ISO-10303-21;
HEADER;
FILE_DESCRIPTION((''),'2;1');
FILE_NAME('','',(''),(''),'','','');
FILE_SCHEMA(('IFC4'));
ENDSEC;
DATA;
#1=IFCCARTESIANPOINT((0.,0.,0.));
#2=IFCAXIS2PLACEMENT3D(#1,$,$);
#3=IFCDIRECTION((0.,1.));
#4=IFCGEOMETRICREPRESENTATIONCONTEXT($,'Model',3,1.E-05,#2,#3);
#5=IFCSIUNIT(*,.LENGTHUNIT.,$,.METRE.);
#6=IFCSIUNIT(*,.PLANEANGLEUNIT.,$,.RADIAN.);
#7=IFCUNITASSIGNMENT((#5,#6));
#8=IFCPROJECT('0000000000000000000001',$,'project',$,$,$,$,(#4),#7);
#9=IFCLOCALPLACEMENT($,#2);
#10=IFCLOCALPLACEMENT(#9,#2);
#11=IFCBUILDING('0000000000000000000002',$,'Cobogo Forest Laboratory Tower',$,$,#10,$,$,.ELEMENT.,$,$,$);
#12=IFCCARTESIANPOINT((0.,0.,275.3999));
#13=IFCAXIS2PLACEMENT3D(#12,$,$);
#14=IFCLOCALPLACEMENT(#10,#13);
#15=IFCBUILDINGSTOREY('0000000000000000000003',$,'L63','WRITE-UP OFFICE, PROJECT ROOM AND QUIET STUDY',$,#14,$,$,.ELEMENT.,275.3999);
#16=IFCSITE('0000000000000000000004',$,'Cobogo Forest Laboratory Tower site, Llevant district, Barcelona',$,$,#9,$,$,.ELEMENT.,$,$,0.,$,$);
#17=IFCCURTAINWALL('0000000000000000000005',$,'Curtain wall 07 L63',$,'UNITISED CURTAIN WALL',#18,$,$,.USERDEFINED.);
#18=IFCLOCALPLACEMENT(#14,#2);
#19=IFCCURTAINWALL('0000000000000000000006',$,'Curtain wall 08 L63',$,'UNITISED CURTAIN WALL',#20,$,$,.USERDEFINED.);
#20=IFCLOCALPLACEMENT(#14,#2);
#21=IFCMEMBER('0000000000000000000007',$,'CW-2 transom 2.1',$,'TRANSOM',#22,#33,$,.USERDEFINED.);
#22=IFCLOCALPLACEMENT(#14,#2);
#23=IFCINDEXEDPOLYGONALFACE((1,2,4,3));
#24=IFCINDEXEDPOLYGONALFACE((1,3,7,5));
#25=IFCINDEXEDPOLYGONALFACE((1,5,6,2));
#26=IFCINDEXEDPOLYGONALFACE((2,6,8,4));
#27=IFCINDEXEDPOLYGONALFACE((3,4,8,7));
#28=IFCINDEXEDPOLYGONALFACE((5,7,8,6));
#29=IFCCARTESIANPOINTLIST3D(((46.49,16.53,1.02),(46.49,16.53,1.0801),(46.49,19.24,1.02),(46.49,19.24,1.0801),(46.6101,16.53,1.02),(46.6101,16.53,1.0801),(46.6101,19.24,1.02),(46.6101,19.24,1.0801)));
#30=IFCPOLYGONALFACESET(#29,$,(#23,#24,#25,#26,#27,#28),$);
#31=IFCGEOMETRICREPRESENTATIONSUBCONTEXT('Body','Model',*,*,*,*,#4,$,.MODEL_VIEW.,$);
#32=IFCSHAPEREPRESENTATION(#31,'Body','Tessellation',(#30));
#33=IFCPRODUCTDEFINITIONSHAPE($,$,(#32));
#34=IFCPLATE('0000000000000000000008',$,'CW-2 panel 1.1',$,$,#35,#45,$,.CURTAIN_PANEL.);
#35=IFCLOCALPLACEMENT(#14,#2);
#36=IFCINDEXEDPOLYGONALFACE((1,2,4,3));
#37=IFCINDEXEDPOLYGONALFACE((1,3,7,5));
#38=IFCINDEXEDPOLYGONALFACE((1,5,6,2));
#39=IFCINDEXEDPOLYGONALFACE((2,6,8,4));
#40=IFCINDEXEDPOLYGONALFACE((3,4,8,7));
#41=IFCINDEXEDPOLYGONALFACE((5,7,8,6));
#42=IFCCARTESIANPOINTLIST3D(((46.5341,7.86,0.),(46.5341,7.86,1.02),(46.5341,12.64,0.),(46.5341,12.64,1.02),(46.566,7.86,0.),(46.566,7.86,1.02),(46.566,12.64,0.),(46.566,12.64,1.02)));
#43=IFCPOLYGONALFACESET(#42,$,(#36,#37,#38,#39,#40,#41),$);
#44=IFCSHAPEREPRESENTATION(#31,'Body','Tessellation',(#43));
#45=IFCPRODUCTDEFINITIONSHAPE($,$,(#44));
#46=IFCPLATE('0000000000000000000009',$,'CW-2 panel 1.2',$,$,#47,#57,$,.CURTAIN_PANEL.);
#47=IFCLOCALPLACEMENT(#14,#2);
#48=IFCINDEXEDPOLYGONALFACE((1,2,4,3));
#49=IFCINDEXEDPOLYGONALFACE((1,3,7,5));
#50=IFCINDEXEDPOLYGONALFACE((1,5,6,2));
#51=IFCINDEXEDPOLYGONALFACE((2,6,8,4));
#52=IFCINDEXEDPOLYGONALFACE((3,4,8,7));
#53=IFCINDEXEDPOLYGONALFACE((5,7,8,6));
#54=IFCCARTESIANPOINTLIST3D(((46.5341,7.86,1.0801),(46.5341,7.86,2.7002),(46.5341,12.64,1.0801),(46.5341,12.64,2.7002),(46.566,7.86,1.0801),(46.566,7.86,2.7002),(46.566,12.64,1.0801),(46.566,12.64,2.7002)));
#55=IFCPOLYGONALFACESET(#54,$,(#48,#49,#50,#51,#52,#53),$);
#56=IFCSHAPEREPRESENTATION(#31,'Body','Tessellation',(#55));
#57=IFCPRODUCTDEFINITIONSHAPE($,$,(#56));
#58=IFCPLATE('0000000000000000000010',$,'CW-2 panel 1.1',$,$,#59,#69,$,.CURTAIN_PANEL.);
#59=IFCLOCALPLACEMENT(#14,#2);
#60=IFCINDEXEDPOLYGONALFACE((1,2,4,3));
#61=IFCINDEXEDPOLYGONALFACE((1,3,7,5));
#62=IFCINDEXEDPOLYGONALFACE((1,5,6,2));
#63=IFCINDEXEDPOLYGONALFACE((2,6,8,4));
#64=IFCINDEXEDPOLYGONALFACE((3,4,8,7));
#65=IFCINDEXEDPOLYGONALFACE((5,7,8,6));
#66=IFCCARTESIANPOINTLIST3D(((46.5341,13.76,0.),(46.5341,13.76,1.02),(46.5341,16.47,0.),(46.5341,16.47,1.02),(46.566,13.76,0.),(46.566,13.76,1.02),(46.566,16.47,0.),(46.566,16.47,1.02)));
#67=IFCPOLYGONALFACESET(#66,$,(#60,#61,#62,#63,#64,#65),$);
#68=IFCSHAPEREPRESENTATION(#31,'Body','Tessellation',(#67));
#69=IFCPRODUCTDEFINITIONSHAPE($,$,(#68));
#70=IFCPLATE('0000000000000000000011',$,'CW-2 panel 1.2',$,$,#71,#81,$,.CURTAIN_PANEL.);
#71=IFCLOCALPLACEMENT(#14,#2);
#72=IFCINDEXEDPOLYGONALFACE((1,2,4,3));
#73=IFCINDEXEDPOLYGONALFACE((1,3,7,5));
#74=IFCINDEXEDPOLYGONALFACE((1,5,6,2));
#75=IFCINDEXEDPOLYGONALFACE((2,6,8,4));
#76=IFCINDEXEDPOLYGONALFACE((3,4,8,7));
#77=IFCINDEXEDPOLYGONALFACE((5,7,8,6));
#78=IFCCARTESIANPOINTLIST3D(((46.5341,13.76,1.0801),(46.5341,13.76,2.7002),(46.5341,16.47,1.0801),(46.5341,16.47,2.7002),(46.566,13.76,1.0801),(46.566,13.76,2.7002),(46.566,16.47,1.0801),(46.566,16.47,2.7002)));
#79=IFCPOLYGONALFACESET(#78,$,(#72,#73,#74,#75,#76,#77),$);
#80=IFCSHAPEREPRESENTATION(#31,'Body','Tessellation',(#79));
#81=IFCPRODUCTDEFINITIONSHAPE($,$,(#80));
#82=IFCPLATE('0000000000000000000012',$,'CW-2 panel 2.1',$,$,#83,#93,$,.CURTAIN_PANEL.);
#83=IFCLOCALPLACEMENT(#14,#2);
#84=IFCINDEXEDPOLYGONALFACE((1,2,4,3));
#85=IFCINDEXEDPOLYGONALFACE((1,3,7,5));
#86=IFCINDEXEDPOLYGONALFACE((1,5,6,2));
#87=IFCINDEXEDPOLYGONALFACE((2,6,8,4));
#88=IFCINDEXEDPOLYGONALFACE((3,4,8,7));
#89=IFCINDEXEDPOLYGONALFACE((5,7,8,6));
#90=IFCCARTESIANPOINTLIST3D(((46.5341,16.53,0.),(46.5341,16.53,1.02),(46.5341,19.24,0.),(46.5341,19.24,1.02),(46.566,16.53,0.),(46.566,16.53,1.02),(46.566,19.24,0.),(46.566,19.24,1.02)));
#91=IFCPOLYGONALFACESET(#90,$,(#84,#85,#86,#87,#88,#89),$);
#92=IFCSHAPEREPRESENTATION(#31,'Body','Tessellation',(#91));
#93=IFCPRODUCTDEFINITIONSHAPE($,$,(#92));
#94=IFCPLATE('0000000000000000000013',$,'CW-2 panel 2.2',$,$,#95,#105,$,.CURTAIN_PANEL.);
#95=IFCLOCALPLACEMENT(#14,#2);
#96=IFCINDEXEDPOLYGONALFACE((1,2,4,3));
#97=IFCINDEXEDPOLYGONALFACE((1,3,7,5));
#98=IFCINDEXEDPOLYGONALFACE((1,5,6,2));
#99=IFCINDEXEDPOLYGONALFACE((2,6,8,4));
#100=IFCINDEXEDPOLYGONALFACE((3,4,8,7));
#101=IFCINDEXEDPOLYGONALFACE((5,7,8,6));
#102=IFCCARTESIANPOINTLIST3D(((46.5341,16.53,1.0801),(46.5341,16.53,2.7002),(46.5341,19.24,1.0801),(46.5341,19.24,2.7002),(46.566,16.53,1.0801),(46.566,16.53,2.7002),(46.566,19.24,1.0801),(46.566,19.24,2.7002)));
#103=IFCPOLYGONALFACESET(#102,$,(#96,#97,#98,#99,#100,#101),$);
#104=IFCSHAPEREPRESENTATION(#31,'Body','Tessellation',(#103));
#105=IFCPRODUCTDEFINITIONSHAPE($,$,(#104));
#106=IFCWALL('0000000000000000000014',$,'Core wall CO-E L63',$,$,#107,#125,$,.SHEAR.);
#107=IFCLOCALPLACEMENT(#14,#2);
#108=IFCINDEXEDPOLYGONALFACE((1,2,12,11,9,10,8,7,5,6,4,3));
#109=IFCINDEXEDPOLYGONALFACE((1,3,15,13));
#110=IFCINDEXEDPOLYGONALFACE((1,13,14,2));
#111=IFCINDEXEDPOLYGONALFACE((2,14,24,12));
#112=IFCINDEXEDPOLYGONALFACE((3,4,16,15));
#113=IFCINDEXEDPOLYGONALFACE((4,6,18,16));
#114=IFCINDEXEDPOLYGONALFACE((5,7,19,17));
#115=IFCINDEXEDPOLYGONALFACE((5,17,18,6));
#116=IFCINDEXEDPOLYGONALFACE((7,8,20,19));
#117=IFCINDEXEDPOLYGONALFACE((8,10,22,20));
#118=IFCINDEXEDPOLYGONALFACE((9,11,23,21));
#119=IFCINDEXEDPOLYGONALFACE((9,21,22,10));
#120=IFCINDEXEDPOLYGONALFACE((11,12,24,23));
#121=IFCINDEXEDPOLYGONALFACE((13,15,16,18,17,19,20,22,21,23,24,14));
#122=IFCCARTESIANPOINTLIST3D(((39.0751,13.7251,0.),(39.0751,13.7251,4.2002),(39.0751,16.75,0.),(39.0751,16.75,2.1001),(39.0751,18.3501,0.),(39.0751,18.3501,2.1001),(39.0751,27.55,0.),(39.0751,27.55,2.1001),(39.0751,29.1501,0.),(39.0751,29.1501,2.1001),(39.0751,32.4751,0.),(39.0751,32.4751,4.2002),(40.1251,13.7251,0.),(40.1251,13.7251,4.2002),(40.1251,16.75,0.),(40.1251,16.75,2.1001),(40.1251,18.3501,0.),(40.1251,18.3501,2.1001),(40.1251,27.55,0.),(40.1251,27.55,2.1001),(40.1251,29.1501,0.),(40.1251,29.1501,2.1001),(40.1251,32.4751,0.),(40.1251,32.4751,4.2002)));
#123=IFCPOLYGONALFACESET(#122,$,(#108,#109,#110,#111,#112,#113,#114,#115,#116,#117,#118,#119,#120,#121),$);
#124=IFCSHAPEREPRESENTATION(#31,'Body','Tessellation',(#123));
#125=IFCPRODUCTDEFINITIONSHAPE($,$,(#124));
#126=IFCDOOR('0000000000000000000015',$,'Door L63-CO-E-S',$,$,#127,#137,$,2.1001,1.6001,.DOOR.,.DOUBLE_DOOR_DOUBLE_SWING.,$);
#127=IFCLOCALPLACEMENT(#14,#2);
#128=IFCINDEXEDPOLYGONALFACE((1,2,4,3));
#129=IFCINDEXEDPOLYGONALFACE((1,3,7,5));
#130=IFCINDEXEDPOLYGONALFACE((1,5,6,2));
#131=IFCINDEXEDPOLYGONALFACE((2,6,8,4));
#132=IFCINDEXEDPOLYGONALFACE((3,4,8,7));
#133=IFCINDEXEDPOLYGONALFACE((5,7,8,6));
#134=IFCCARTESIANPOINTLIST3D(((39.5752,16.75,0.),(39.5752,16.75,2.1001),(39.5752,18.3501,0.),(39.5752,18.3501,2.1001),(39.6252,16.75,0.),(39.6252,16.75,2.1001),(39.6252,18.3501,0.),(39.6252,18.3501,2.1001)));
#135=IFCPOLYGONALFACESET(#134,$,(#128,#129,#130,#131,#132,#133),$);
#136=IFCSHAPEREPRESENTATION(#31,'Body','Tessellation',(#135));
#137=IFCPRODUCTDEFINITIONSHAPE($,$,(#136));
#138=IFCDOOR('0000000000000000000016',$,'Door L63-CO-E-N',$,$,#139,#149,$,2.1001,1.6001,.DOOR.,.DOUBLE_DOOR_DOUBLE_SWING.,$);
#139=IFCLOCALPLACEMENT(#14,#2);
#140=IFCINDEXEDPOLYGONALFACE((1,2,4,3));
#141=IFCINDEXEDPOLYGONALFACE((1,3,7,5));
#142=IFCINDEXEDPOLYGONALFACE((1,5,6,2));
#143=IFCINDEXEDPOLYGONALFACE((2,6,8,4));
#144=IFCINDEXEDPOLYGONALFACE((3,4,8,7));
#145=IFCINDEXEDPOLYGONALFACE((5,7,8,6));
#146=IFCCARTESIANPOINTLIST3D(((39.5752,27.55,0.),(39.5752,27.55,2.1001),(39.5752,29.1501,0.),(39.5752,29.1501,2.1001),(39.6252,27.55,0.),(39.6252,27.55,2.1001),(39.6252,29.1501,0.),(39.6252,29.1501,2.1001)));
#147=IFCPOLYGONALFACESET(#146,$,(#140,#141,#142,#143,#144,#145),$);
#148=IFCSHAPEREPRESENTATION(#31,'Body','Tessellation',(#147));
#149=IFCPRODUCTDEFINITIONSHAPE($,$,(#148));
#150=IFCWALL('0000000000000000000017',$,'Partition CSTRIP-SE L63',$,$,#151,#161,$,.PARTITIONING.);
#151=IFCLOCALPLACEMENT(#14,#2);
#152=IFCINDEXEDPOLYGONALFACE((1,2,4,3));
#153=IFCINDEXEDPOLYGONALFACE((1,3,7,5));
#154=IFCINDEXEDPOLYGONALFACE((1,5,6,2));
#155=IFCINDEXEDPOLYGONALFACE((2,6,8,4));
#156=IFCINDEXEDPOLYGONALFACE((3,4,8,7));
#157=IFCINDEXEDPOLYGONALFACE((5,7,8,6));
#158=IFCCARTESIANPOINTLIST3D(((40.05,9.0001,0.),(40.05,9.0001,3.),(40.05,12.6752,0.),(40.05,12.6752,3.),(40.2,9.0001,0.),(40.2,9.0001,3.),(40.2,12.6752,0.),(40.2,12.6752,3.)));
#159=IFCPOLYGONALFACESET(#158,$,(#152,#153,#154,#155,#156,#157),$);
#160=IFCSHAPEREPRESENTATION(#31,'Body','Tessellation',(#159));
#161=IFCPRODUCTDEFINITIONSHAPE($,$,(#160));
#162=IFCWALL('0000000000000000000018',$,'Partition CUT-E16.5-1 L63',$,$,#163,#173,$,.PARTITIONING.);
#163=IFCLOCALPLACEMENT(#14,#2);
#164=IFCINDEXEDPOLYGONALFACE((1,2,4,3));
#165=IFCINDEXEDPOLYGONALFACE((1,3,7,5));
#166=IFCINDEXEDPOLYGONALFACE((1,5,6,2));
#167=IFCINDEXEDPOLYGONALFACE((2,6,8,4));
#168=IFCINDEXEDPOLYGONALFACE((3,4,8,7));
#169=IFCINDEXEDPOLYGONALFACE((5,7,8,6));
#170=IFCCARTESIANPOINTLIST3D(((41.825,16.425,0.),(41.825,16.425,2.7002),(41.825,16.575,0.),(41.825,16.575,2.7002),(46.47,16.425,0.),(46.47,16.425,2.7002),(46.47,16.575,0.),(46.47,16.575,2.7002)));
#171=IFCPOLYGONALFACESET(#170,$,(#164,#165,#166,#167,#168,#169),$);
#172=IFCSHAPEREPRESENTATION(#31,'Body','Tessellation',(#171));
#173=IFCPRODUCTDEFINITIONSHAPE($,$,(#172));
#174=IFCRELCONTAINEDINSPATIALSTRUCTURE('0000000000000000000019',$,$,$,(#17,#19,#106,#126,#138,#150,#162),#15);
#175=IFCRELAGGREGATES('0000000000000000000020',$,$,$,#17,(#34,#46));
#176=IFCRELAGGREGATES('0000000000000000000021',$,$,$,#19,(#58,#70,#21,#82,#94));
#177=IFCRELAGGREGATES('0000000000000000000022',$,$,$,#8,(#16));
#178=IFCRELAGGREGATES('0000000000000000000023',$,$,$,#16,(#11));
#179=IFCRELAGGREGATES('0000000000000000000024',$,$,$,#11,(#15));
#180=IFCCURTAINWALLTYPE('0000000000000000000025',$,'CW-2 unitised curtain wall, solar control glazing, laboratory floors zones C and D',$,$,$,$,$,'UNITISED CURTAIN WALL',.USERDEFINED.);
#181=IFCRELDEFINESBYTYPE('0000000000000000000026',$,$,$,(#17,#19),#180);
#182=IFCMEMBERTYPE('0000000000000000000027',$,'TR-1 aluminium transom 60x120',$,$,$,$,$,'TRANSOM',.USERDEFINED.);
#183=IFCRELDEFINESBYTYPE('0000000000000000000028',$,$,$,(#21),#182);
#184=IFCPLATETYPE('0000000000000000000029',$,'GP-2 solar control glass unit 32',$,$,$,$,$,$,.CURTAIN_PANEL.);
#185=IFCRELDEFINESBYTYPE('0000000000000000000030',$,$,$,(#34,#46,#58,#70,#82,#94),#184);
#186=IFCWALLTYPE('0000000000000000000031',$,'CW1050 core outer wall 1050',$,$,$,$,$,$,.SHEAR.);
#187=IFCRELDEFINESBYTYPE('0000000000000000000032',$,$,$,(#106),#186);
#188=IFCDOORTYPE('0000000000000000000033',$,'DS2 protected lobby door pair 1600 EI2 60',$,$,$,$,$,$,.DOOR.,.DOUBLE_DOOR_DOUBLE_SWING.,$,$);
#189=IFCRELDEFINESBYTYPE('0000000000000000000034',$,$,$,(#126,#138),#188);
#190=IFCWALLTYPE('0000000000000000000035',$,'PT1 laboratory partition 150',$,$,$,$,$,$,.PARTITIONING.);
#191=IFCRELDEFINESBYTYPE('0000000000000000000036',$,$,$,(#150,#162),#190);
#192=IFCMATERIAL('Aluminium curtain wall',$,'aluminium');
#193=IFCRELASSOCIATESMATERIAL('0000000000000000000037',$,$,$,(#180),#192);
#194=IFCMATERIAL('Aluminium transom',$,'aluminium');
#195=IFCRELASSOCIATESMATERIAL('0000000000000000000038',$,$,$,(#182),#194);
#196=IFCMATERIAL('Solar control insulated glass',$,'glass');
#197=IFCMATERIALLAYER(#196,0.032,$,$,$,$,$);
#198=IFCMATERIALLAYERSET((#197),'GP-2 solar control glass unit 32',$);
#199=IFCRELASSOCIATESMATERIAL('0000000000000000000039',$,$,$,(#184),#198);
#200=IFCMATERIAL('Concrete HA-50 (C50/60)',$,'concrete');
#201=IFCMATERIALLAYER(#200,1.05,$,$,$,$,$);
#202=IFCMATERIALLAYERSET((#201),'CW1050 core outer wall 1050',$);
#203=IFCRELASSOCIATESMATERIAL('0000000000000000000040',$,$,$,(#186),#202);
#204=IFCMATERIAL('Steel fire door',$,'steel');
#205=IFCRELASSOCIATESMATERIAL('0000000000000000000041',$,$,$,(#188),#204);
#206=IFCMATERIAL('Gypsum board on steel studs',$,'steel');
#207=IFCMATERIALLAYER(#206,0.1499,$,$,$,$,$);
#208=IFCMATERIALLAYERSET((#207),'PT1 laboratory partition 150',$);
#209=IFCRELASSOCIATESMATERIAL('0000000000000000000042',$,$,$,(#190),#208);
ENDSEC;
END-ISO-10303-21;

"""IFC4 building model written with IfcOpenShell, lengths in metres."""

from ifc_helpers import new_model, si_unit, direction, frame, frame_2d, origin, origin_2d, place, context, subcontext, project, spatial, rectangle, extrude, material, layer, layer_set, material_profile, profile_set, type_object, element, fill, aggregate, save


model = new_model("IFC4")

# Units and contexts
model_context = context("Model", 3, precision=1e-05, world=origin(), true_north=direction((0.0, 1.0)))
body_context = subcontext(model_context, "Body", "Model", "MODEL_VIEW")
ifc_project = project(units=[si_unit("LENGTHUNIT", "METRE"), si_unit("PLANEANGLEUNIT", "RADIAN")], contexts=[model_context])

# Site, building, storey
site_placement = place(None, origin())
site = spatial("IfcSite", under=ifc_project, at=site_placement, Name="Cobogo Forest Laboratory Tower site, Llevant district, Barcelona", CompositionType="ELEMENT", RefElevation=0.0)
building_placement = place(site_placement, origin())
building = spatial("IfcBuilding", under=site, at=building_placement, Name="Cobogo Forest Laboratory Tower", CompositionType="ELEMENT")
storey_placement = place(building_placement, frame((0.0, 0.0, 275.3999)))
storey = spatial("IfcBuildingStorey", under=building, at=storey_placement, Name="L63", Description="WRITE-UP OFFICE, PROJECT ROOM AND QUIET STUDY", CompositionType="ELEMENT", Elevation=275.3999)

# Shared definitions
ifc_material_1 = material(Name="Concrete HA-50 (C50/60)", Category="concrete")

# Shared definitions
ifc_material_2 = material(Name="Aluminium curtain wall", Category="aluminium")
curtain_wall_type = type_object("IfcCurtainWallType", Name="CW-2 unitised curtain wall, solar control glazing, laboratory floors zones C and D", ElementType="UNITISED CURTAIN WALL", PredefinedType="USERDEFINED", material=ifc_material_2)

# Curtain walls
curtain_wall_1_placement = place(storey_placement, origin())
curtain_wall_1 = element("IfcCurtainWall", 1, at=curtain_wall_1_placement, inside=storey, type_object=curtain_wall_type, Name="Curtain wall 07 L63", ObjectType="UNITISED CURTAIN WALL", PredefinedType="USERDEFINED")
curtain_wall_2_placement = place(storey_placement, origin())
curtain_wall_2 = element("IfcCurtainWall", 2, at=curtain_wall_2_placement, inside=storey, type_object=curtain_wall_type, Name="Curtain wall 08 L63", ObjectType="UNITISED CURTAIN WALL", PredefinedType="USERDEFINED")

# Member
ifc_material_3 = material(Name="Aluminium transom", Category="aluminium")
ifc_material_profile_1 = material_profile(ifc_material_3, rectangle(XDim=0.1201, YDim=0.0601, at=origin_2d()), Name="AL 60x120")
ifc_profile_set_1 = profile_set([ifc_material_profile_1], Name="Aluminium transom")
member_type_1 = type_object("IfcMemberType", Name="TR-1 aluminium transom 60x120", ElementType="TRANSOM", PredefinedType="USERDEFINED", material=ifc_profile_set_1)
member_1_placement = place(storey_placement, frame((46.55, 16.53, 1.05), z_axis=(0.0, 1.0, 0.0), x_axis=(-1.0, 0.0, 0.0)))
member_1 = element("IfcMember", 3, at=member_1_placement, type_object=member_type_1, Name="CW-2 transom 2.1", ObjectType="TRANSOM", PredefinedType="USERDEFINED", context=body_context, shape_type="SweptSolid", body=[
    extrude(rectangle(XDim=0.1201, YDim=0.0601, at=origin_2d()), origin(), (0.0, 0.0, 1.0), 2.71),
])

# Plates
ifc_material_4 = material(Name="Solar control insulated glass", Category="glass")
ifc_layer_1 = layer(ifc_material_4, 0.032)
ifc_layer_set_1 = layer_set([ifc_layer_1], Name="GP-2 solar control glass unit 32")
plate_type_1 = type_object("IfcPlateType", Name="GP-2 solar control glass unit 32", PredefinedType="CURTAIN_PANEL", material=ifc_layer_set_1)
plate_1_placement = place(storey_placement, frame((46.55, 10.25, 0.0), z_axis=(0.0, 0.0, 1.0), x_axis=(0.0, 1.0, 0.0)))
plate_1 = element("IfcPlate", 4, at=plate_1_placement, type_object=plate_type_1, Name="CW-2 panel 1.1", PredefinedType="CURTAIN_PANEL", context=body_context, shape_type="SweptSolid", body=[
    extrude(rectangle(XDim=4.78, YDim=0.032, at=origin_2d()), origin(), (0.0, 0.0, 1.0), 1.02),
])
plate_2_placement = place(storey_placement, frame((46.55, 10.25, 1.0801), z_axis=(0.0, 0.0, 1.0), x_axis=(0.0, 1.0, 0.0)))
plate_2 = element("IfcPlate", 5, at=plate_2_placement, type_object=plate_type_1, Name="CW-2 panel 1.2", PredefinedType="CURTAIN_PANEL", context=body_context, shape_type="SweptSolid", body=[
    extrude(rectangle(XDim=4.78, YDim=0.032, at=origin_2d()), origin(), (0.0, 0.0, 1.0), 1.6201),
])
aggregate(curtain_wall_1, [plate_1, plate_2])
plate_3_placement = place(storey_placement, frame((46.55, 15.115, 0.0), z_axis=(0.0, 0.0, 1.0), x_axis=(0.0, 1.0, 0.0)))
plate_3 = element("IfcPlate", 6, at=plate_3_placement, type_object=plate_type_1, Name="CW-2 panel 1.1", PredefinedType="CURTAIN_PANEL", context=body_context, shape_type="SweptSolid", body=[
    extrude(rectangle(XDim=2.71, YDim=0.032, at=origin_2d()), origin(), (0.0, 0.0, 1.0), 1.02),
])
plate_4_placement = place(storey_placement, frame((46.55, 15.115, 1.0801), z_axis=(0.0, 0.0, 1.0), x_axis=(0.0, 1.0, 0.0)))
plate_4 = element("IfcPlate", 7, at=plate_4_placement, type_object=plate_type_1, Name="CW-2 panel 1.2", PredefinedType="CURTAIN_PANEL", context=body_context, shape_type="SweptSolid", body=[
    extrude(rectangle(XDim=2.71, YDim=0.032, at=origin_2d()), origin(), (0.0, 0.0, 1.0), 1.6201),
])
plate_5_placement = place(storey_placement, frame((46.55, 17.885, 0.0), z_axis=(0.0, 0.0, 1.0), x_axis=(0.0, 1.0, 0.0)))
plate_5 = element("IfcPlate", 8, at=plate_5_placement, type_object=plate_type_1, Name="CW-2 panel 2.1", PredefinedType="CURTAIN_PANEL", context=body_context, shape_type="SweptSolid", body=[
    extrude(rectangle(XDim=2.71, YDim=0.032, at=origin_2d()), origin(), (0.0, 0.0, 1.0), 1.02),
])
plate_6_placement = place(storey_placement, frame((46.55, 17.885, 1.0801), z_axis=(0.0, 0.0, 1.0), x_axis=(0.0, 1.0, 0.0)))
plate_6 = element("IfcPlate", 9, at=plate_6_placement, type_object=plate_type_1, Name="CW-2 panel 2.2", PredefinedType="CURTAIN_PANEL", context=body_context, shape_type="SweptSolid", body=[
    extrude(rectangle(XDim=2.71, YDim=0.032, at=origin_2d()), origin(), (0.0, 0.0, 1.0), 1.6201),
])
aggregate(curtain_wall_2, [plate_3, plate_4, member_1, plate_5, plate_6])

# Wall, openings, doors
ifc_layer_2 = layer(ifc_material_1, 1.05)
ifc_layer_set_2 = layer_set([ifc_layer_2], Name="CW1050 core outer wall 1050")
wall_type_1 = type_object("IfcWallType", Name="CW1050 core outer wall 1050", PredefinedType="SHEAR", material=ifc_layer_set_2)
wall_1_placement = place(storey_placement, frame((39.6001, 13.7251, 0.0), z_axis=(0.0, 0.0, 1.0), x_axis=(0.0, 1.0, 0.0)))
wall_1 = element("IfcWall", 10, at=wall_1_placement, inside=storey, type_object=wall_type_1, Name="Core wall CO-E L63", PredefinedType="SHEAR", context=body_context, shape_type="SweptSolid", body=[
    extrude(rectangle(XDim=18.75, YDim=1.05, at=frame_2d((9.375, 0.0))), origin(), (0.0, 0.0, 1.0), 4.2002),
])
opening_1_placement = place(wall_1_placement, frame((3.0249, 0.0, 0.0)))
opening_1 = element("IfcOpeningElement", 11, at=opening_1_placement, cuts=wall_1, PredefinedType="OPENING", context=body_context, shape_type="SweptSolid", body=[
    extrude(rectangle(XDim=1.6001, YDim=2.1001, at=frame_2d((0.8, 1.05))), frame((0.0, 0.5349, 0.0), z_axis=(0.0, -1.0, 0.0), x_axis=(1.0, 0.0, 0.0)), (0.0, 0.0, 1.0), 1.0701),
])
opening_2_placement = place(wall_1_placement, frame((13.825, 0.0, 0.0)))
opening_2 = element("IfcOpeningElement", 12, at=opening_2_placement, cuts=wall_1, PredefinedType="OPENING", context=body_context, shape_type="SweptSolid", body=[
    extrude(rectangle(XDim=1.6001, YDim=2.1001, at=frame_2d((0.8, 1.05))), frame((0.0, 0.5349, 0.0), z_axis=(0.0, -1.0, 0.0), x_axis=(1.0, 0.0, 0.0)), (0.0, 0.0, 1.0), 1.0701),
])
ifc_material_5 = material(Name="Steel fire door", Category="steel")
door_type = type_object("IfcDoorType", Name="DS2 protected lobby door pair 1600 EI2 60", OperationType="DOUBLE_DOOR_DOUBLE_SWING", PredefinedType="DOOR", material=ifc_material_5)
door_1_placement = place(opening_1_placement, origin())
door_1 = element("IfcDoor", 13, at=door_1_placement, inside=storey, type_object=door_type, Name="Door L63-CO-E-S", OperationType="DOUBLE_DOOR_DOUBLE_SWING", OverallHeight=2.1001, OverallWidth=1.6001, PredefinedType="DOOR", context=body_context, shape_type="SweptSolid", body=[
    extrude(rectangle(XDim=1.6001, YDim=2.1001, at=frame_2d((0.8, 1.05))), frame((0.0, 0.0249, 0.0), z_axis=(0.0, -1.0, 0.0), x_axis=(1.0, 0.0, 0.0)), (0.0, 0.0, 1.0), 0.05),
])
fill(opening_1, door_1)
door_2_placement = place(opening_2_placement, origin())
door_2 = element("IfcDoor", 14, at=door_2_placement, inside=storey, type_object=door_type, Name="Door L63-CO-E-N", OperationType="DOUBLE_DOOR_DOUBLE_SWING", OverallHeight=2.1001, OverallWidth=1.6001, PredefinedType="DOOR", context=body_context, shape_type="SweptSolid", body=[
    extrude(rectangle(XDim=1.6001, YDim=2.1001, at=frame_2d((0.8, 1.05))), frame((0.0, 0.0249, 0.0), z_axis=(0.0, -1.0, 0.0), x_axis=(1.0, 0.0, 0.0)), (0.0, 0.0, 1.0), 0.05),
])
fill(opening_2, door_2)

# Walls
ifc_material_6 = material(Name="Gypsum board on steel studs", Category="steel")
ifc_layer_3 = layer(ifc_material_6, 0.1499)
ifc_layer_set_3 = layer_set([ifc_layer_3], Name="PT1 laboratory partition 150")
wall_type_2 = type_object("IfcWallType", Name="PT1 laboratory partition 150", PredefinedType="PARTITIONING", material=ifc_layer_set_3)
wall_2_placement = place(storey_placement, frame((40.125, 12.675, 0.0), z_axis=(0.0, 0.0, 1.0), x_axis=(0.0, -1.0, 0.0)))
element("IfcWall", 15, at=wall_2_placement, inside=storey, type_object=wall_type_2, Name="Partition CSTRIP-SE L63", PredefinedType="PARTITIONING", context=body_context, shape_type="SweptSolid", body=[
    extrude(rectangle(XDim=3.675, YDim=0.1499, at=frame_2d((1.8374, 0.0))), origin(), (0.0, 0.0, 1.0), 3.0),
])
wall_3_placement = place(storey_placement, frame((46.47, 16.5, 0.0), z_axis=(0.0, 0.0, 1.0), x_axis=(-1.0, 0.0, 0.0)))
element("IfcWall", 16, at=wall_3_placement, inside=storey, type_object=wall_type_2, Name="Partition CUT-E16.5-1 L63", PredefinedType="PARTITIONING", context=body_context, shape_type="SweptSolid", body=[
    extrude(rectangle(XDim=4.645, YDim=0.1499, at=frame_2d((2.3225, 0.0))), origin(), (0.0, 0.0, 1.0), 2.7002),
])

save(model, "model.ifc")
